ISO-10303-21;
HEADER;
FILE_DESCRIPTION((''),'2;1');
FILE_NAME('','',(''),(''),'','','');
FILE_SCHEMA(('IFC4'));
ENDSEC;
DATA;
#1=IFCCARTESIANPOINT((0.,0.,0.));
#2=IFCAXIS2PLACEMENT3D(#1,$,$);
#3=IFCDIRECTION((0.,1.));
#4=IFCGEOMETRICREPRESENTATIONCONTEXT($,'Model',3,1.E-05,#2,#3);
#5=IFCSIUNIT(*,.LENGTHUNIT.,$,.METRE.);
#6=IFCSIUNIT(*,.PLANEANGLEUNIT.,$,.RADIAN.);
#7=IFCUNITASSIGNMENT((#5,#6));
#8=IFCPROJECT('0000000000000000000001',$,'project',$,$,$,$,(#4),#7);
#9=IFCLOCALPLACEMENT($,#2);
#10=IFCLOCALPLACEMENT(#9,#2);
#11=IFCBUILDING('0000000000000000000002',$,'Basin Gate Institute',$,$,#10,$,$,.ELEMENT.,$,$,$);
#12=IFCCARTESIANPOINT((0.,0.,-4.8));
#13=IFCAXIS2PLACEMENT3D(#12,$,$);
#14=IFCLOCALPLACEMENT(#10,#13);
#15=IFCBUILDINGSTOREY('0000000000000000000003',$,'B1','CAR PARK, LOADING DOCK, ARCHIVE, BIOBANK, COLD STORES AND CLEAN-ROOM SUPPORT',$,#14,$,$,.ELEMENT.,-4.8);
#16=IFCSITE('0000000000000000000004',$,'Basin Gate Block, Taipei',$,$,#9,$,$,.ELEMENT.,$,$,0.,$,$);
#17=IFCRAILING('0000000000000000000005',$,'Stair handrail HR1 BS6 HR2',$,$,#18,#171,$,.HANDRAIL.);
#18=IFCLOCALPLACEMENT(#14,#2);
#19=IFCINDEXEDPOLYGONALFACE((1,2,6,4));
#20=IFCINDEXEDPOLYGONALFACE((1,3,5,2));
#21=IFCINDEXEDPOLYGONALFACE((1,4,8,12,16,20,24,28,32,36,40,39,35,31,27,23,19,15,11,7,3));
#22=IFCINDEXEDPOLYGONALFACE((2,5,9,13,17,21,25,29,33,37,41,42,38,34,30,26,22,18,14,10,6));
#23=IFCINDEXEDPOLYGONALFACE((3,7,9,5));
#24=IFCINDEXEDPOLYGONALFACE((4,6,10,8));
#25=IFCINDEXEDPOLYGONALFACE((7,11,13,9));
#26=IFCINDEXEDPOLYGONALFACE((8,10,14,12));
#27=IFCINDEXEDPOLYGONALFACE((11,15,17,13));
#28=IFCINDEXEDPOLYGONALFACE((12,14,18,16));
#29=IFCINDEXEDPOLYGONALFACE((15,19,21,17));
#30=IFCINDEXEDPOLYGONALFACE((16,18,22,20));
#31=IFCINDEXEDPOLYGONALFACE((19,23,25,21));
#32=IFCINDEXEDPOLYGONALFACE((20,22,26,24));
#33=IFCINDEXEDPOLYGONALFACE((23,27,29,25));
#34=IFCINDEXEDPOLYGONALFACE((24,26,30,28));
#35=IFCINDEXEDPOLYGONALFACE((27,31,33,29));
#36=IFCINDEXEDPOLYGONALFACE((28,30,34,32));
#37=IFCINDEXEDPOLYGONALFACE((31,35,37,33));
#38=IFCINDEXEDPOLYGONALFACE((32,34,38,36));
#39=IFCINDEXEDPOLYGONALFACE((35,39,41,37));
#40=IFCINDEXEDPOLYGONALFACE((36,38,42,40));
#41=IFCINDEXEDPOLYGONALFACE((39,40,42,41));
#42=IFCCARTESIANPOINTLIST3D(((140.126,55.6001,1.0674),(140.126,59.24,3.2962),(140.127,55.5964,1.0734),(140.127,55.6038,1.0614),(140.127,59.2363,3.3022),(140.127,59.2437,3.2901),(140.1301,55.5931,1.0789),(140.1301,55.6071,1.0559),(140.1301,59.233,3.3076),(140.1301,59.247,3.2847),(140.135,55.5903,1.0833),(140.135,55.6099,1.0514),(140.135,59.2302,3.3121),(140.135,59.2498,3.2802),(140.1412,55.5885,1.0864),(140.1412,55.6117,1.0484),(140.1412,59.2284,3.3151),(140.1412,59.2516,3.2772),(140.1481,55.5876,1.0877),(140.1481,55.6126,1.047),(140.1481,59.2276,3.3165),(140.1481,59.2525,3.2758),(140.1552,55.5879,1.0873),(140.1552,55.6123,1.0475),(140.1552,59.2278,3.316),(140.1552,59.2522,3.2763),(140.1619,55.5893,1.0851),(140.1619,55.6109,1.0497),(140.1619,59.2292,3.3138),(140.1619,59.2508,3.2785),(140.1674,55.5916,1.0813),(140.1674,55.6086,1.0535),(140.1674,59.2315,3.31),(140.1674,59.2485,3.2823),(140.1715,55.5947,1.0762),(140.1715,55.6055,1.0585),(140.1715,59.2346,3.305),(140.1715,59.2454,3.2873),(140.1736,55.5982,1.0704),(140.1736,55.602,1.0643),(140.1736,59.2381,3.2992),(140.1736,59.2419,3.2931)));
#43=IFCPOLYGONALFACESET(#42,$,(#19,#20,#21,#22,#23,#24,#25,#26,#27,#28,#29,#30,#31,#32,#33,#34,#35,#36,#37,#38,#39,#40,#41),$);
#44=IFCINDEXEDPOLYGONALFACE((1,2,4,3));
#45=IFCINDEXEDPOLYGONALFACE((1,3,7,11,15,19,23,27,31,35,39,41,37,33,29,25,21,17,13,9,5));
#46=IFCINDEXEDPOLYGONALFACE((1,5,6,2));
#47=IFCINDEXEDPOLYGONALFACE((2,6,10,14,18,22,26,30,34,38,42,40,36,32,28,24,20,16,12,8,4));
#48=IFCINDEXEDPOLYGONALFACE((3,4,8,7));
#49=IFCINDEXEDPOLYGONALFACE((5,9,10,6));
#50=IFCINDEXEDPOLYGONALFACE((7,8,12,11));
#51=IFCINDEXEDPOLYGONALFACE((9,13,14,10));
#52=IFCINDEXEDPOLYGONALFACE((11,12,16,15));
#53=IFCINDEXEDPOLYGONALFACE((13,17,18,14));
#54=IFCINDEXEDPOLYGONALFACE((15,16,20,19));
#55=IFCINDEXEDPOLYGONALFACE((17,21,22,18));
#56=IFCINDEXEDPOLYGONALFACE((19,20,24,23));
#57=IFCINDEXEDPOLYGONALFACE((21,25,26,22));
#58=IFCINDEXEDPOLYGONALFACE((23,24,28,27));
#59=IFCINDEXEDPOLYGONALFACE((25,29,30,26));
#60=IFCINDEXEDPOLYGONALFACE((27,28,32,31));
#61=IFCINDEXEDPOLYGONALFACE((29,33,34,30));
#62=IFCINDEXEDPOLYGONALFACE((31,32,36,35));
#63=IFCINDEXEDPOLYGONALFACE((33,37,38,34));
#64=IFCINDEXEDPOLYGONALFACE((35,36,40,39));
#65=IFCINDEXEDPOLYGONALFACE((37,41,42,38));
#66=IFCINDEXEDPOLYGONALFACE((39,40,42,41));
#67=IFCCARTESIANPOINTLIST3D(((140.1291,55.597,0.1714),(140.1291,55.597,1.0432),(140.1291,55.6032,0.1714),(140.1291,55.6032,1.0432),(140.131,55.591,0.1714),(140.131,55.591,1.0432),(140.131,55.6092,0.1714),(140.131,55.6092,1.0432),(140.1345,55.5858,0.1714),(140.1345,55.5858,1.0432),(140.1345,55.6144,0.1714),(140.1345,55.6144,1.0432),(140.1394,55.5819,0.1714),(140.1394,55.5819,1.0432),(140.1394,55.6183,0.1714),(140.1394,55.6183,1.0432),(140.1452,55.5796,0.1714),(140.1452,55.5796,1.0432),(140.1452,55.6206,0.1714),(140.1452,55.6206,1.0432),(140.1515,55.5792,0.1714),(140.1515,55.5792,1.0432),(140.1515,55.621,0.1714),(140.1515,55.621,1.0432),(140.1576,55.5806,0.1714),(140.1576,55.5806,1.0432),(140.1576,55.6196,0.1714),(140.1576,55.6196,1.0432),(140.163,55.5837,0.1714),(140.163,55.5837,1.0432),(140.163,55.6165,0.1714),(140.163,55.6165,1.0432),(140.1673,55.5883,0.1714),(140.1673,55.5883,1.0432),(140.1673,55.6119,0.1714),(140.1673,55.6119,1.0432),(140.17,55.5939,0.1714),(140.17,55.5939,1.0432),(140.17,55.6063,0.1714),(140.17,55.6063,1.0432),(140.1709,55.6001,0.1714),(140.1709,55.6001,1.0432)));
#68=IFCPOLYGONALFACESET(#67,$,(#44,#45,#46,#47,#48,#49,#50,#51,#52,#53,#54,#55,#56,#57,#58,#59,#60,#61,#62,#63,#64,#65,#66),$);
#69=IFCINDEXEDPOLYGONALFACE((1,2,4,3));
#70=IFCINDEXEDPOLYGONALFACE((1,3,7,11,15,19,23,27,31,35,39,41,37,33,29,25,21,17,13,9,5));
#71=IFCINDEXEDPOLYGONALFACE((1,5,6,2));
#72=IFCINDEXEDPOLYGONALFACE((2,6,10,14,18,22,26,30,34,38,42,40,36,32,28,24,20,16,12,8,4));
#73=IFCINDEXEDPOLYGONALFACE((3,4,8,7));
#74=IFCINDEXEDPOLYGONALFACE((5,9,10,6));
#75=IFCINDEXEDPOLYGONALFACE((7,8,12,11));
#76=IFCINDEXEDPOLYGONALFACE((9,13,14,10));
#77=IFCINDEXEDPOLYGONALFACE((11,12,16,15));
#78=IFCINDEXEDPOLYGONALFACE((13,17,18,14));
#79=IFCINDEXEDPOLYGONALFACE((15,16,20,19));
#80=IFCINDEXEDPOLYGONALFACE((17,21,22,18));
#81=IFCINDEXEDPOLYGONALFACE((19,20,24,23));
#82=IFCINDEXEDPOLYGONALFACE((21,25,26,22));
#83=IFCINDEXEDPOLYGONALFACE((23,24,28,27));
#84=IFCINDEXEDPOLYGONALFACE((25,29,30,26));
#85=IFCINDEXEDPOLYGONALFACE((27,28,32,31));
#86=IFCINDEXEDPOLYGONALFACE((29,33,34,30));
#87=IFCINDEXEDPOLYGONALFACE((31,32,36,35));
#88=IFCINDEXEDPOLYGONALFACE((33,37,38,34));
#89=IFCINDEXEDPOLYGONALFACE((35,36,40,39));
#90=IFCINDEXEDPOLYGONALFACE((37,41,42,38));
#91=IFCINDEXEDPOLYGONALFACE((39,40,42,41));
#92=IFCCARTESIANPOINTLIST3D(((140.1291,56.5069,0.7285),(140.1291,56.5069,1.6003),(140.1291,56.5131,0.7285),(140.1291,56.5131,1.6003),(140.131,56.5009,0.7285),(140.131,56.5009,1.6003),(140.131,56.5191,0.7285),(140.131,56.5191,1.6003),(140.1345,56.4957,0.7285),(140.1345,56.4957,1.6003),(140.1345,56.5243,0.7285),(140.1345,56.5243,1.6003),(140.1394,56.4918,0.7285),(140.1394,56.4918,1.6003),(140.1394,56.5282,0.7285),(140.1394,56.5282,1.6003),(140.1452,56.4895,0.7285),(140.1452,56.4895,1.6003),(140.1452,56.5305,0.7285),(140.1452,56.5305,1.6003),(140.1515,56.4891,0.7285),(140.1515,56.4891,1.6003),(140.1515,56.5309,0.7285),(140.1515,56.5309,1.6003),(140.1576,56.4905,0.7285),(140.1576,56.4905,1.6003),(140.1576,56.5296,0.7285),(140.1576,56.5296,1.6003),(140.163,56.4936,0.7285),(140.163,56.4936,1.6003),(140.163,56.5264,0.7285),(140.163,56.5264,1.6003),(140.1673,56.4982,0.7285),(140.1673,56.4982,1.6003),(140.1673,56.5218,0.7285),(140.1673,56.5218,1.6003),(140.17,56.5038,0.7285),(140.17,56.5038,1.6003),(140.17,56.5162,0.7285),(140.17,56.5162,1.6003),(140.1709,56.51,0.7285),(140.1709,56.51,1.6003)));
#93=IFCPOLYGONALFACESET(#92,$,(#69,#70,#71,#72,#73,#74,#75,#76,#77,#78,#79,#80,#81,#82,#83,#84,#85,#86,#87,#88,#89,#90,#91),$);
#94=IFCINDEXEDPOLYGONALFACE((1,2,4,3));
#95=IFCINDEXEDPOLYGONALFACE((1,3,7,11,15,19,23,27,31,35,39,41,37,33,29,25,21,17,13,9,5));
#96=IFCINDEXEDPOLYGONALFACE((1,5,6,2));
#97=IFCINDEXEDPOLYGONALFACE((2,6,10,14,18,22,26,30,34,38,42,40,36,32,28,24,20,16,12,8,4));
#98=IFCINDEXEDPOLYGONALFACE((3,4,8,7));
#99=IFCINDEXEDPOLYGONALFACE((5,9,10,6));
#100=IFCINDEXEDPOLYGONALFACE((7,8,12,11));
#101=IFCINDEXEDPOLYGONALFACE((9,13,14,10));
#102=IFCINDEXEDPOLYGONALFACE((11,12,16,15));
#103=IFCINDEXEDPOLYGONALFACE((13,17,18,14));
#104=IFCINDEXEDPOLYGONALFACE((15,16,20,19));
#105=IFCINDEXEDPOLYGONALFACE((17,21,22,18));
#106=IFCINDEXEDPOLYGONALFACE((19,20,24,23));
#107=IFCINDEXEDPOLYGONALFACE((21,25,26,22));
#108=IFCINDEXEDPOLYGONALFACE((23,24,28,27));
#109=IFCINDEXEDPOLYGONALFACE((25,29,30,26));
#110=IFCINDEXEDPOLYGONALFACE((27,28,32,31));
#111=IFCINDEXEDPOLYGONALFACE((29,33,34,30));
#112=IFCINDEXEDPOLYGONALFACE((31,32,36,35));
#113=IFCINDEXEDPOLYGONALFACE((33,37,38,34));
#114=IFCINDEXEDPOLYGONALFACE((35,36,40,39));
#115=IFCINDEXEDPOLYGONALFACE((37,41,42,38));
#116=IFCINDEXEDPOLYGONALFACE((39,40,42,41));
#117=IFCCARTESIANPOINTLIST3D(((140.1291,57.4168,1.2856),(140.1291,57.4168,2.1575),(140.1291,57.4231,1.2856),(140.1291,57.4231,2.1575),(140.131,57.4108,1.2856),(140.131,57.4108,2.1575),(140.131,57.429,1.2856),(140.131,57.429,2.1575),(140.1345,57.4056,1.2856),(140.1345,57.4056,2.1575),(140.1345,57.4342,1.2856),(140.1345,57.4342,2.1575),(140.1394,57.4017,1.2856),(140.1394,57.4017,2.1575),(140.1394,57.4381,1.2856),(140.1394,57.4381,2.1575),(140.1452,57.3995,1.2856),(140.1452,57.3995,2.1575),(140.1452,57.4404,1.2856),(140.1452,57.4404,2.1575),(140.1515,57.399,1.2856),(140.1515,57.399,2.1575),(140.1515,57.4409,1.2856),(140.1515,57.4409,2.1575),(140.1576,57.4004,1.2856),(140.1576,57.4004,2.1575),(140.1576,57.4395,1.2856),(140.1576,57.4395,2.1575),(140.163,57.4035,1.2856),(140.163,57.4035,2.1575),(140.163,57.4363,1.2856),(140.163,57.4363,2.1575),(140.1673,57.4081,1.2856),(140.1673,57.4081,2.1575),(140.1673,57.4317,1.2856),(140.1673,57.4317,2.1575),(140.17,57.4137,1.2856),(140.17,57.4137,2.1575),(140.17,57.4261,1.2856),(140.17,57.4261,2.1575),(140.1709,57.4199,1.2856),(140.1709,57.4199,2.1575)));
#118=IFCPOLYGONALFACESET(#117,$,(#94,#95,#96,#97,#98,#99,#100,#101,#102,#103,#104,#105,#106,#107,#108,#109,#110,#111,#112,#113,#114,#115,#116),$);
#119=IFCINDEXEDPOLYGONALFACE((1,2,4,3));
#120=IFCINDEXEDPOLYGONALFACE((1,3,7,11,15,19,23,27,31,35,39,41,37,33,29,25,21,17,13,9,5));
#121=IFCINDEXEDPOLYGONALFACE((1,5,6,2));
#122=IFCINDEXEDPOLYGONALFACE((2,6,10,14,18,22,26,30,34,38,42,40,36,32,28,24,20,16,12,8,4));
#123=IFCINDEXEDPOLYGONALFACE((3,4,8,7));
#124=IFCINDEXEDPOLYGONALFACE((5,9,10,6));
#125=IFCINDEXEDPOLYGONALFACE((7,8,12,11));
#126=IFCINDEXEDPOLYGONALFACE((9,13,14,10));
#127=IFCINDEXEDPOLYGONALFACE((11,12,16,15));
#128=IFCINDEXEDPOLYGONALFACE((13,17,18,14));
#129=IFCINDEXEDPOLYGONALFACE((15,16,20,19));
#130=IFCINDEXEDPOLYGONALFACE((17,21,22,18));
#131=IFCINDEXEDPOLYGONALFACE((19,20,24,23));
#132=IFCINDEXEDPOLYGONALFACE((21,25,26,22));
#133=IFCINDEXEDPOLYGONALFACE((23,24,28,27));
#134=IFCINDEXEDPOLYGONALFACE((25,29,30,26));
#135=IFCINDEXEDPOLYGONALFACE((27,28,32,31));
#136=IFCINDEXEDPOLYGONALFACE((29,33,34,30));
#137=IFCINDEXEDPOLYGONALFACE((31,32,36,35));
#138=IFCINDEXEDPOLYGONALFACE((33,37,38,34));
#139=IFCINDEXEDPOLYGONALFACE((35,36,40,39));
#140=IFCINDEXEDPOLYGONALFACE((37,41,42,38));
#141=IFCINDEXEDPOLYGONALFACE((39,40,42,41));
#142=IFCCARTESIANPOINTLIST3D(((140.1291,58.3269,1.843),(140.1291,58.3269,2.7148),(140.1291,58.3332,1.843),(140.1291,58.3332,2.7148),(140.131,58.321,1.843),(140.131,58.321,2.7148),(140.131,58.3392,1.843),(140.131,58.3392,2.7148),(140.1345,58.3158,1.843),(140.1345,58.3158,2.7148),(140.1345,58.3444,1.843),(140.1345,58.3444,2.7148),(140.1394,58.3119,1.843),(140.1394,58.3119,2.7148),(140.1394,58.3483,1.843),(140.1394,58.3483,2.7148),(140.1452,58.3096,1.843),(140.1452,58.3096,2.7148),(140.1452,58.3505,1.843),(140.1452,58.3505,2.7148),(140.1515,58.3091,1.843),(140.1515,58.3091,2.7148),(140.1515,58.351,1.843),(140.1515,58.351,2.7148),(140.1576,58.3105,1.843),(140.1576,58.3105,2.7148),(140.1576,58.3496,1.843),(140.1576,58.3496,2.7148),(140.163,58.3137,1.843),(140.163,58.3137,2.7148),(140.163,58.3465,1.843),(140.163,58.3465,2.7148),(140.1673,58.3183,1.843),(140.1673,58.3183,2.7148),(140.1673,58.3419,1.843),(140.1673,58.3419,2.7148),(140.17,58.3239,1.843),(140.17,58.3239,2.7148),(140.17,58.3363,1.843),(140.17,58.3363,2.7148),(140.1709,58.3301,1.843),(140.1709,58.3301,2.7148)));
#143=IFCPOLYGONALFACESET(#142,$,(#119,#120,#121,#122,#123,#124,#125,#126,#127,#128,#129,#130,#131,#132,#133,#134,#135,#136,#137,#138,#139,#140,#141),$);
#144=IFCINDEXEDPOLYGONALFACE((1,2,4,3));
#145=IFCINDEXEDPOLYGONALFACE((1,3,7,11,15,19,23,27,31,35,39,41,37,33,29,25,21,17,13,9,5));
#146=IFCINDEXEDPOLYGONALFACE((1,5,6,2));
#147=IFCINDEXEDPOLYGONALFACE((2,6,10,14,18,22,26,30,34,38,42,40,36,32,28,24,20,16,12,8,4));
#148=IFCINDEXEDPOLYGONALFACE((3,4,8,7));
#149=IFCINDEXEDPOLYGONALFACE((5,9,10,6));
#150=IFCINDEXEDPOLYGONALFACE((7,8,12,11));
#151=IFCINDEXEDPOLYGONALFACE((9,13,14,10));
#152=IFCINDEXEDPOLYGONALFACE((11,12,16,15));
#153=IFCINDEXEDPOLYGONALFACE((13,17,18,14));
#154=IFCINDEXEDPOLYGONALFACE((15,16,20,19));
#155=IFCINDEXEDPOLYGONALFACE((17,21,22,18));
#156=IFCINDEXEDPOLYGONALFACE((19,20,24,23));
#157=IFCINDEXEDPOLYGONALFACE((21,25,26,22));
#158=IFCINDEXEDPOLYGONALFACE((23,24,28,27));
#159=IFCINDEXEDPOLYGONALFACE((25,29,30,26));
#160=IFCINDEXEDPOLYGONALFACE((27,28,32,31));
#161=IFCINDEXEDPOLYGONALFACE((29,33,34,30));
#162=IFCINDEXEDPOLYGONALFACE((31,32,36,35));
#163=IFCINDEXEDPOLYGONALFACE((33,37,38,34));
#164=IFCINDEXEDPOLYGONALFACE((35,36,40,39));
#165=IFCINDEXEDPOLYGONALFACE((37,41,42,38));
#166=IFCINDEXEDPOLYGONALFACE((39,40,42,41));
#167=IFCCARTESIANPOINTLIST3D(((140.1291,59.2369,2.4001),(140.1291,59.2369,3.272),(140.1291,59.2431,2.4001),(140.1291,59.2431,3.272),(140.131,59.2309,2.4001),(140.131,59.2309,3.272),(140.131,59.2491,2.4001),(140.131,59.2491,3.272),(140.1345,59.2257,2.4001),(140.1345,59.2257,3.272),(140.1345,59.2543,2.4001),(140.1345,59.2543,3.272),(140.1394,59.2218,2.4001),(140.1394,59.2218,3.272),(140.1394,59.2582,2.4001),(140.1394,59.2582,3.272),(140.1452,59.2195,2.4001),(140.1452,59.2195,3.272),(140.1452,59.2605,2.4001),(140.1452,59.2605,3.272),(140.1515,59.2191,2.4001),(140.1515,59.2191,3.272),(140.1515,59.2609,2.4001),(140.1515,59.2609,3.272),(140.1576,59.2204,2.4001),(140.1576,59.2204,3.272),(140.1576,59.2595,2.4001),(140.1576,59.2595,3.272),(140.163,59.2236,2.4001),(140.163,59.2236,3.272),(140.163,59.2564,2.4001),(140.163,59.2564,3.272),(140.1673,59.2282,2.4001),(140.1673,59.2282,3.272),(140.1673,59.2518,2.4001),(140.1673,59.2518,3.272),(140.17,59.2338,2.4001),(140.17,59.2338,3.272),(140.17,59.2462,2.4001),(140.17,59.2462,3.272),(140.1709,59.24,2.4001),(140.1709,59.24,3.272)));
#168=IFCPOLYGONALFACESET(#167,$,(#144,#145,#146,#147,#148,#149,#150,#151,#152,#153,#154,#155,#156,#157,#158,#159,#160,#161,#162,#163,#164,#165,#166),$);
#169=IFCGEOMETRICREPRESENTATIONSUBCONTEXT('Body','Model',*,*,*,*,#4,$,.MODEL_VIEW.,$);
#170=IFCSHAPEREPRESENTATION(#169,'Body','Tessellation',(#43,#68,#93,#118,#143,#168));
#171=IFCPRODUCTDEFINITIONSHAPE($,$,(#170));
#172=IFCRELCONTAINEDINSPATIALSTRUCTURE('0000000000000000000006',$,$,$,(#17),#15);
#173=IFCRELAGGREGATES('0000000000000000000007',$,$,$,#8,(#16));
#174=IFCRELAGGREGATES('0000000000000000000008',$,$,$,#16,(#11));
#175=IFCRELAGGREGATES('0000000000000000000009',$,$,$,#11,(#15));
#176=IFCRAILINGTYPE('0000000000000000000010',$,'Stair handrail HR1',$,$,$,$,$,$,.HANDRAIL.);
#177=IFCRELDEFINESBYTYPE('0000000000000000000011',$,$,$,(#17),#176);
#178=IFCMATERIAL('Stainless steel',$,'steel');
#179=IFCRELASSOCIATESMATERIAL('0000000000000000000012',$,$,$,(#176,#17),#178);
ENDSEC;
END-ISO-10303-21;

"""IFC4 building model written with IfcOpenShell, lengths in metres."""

from ifc_helpers import new_model, si_unit, direction, frame, origin, origin_2d, place, context, subcontext, project, spatial, circle, extrude, material, type_object, element, save


model = new_model("IFC4")

# Units and contexts
model_context = context("Model", 3, precision=1e-05, world=origin(), true_north=direction((0.0, 1.0)))
body_context = subcontext(model_context, "Body", "Model", "MODEL_VIEW")
ifc_project = project(units=[si_unit("LENGTHUNIT", "METRE"), si_unit("PLANEANGLEUNIT", "RADIAN")], contexts=[model_context])

# Site, building, storey
site_placement = place(None, origin())
site = spatial("IfcSite", under=ifc_project, at=site_placement, Name="Basin Gate Block, Taipei", CompositionType="ELEMENT", RefElevation=0.0)
building_placement = place(site_placement, origin())
building = spatial("IfcBuilding", under=site, at=building_placement, Name="Basin Gate Institute", CompositionType="ELEMENT")
storey_placement = place(building_placement, frame((0.0, 0.0, -4.8)))
storey = spatial("IfcBuildingStorey", under=building, at=storey_placement, Name="B1", Description="CAR PARK, LOADING DOCK, ARCHIVE, BIOBANK, COLD STORES AND CLEAN-ROOM SUPPORT", CompositionType="ELEMENT", Elevation=-4.8)

# Railing
ifc_material_1 = material(Name="Stainless steel", Category="steel")
railing_type_1 = type_object("IfcRailingType", Name="Stair handrail HR1", PredefinedType="HANDRAIL", material=ifc_material_1)
for number, where, name in (
    (1, (140.1499, 55.6001, 0.1714), "Stair handrail HR1 BS6 HR2"),
):
    element("IfcRailing", number, at=place(storey_placement, frame(where)), inside=storey, type_object=railing_type_1, material=ifc_material_1, Name=name, PredefinedType="HANDRAIL", context=body_context, shape_type="SweptSolid", body=[
        extrude(circle(Radius=0.0239, at=origin_2d()), frame((0.0, 0.0, 0.896), z_axis=(0.0, 0.852825, 0.522197), x_axis=(-1.0, 0.0, 0.0)), (0.0, 0.0, 1.0), 4.2681),
        extrude(circle(Radius=0.021, at=origin_2d()), origin(), (0.0, 0.0, 1.0), 0.8718),
        extrude(circle(Radius=0.021, at=origin_2d()), frame((0.0, 0.9099, 0.5571)), (0.0, 0.0, 1.0), 0.8718),
        extrude(circle(Radius=0.021, at=origin_2d()), frame((0.0, 1.8198, 1.1143)), (0.0, 0.0, 1.0), 0.8718),
        extrude(circle(Radius=0.021, at=origin_2d()), frame((0.0, 2.73, 1.6716)), (0.0, 0.0, 1.0), 0.8718),
        extrude(circle(Radius=0.021, at=origin_2d()), frame((0.0, 3.6399, 2.2288)), (0.0, 0.0, 1.0), 0.8718),
    ])

save(model, "model.ifc")
